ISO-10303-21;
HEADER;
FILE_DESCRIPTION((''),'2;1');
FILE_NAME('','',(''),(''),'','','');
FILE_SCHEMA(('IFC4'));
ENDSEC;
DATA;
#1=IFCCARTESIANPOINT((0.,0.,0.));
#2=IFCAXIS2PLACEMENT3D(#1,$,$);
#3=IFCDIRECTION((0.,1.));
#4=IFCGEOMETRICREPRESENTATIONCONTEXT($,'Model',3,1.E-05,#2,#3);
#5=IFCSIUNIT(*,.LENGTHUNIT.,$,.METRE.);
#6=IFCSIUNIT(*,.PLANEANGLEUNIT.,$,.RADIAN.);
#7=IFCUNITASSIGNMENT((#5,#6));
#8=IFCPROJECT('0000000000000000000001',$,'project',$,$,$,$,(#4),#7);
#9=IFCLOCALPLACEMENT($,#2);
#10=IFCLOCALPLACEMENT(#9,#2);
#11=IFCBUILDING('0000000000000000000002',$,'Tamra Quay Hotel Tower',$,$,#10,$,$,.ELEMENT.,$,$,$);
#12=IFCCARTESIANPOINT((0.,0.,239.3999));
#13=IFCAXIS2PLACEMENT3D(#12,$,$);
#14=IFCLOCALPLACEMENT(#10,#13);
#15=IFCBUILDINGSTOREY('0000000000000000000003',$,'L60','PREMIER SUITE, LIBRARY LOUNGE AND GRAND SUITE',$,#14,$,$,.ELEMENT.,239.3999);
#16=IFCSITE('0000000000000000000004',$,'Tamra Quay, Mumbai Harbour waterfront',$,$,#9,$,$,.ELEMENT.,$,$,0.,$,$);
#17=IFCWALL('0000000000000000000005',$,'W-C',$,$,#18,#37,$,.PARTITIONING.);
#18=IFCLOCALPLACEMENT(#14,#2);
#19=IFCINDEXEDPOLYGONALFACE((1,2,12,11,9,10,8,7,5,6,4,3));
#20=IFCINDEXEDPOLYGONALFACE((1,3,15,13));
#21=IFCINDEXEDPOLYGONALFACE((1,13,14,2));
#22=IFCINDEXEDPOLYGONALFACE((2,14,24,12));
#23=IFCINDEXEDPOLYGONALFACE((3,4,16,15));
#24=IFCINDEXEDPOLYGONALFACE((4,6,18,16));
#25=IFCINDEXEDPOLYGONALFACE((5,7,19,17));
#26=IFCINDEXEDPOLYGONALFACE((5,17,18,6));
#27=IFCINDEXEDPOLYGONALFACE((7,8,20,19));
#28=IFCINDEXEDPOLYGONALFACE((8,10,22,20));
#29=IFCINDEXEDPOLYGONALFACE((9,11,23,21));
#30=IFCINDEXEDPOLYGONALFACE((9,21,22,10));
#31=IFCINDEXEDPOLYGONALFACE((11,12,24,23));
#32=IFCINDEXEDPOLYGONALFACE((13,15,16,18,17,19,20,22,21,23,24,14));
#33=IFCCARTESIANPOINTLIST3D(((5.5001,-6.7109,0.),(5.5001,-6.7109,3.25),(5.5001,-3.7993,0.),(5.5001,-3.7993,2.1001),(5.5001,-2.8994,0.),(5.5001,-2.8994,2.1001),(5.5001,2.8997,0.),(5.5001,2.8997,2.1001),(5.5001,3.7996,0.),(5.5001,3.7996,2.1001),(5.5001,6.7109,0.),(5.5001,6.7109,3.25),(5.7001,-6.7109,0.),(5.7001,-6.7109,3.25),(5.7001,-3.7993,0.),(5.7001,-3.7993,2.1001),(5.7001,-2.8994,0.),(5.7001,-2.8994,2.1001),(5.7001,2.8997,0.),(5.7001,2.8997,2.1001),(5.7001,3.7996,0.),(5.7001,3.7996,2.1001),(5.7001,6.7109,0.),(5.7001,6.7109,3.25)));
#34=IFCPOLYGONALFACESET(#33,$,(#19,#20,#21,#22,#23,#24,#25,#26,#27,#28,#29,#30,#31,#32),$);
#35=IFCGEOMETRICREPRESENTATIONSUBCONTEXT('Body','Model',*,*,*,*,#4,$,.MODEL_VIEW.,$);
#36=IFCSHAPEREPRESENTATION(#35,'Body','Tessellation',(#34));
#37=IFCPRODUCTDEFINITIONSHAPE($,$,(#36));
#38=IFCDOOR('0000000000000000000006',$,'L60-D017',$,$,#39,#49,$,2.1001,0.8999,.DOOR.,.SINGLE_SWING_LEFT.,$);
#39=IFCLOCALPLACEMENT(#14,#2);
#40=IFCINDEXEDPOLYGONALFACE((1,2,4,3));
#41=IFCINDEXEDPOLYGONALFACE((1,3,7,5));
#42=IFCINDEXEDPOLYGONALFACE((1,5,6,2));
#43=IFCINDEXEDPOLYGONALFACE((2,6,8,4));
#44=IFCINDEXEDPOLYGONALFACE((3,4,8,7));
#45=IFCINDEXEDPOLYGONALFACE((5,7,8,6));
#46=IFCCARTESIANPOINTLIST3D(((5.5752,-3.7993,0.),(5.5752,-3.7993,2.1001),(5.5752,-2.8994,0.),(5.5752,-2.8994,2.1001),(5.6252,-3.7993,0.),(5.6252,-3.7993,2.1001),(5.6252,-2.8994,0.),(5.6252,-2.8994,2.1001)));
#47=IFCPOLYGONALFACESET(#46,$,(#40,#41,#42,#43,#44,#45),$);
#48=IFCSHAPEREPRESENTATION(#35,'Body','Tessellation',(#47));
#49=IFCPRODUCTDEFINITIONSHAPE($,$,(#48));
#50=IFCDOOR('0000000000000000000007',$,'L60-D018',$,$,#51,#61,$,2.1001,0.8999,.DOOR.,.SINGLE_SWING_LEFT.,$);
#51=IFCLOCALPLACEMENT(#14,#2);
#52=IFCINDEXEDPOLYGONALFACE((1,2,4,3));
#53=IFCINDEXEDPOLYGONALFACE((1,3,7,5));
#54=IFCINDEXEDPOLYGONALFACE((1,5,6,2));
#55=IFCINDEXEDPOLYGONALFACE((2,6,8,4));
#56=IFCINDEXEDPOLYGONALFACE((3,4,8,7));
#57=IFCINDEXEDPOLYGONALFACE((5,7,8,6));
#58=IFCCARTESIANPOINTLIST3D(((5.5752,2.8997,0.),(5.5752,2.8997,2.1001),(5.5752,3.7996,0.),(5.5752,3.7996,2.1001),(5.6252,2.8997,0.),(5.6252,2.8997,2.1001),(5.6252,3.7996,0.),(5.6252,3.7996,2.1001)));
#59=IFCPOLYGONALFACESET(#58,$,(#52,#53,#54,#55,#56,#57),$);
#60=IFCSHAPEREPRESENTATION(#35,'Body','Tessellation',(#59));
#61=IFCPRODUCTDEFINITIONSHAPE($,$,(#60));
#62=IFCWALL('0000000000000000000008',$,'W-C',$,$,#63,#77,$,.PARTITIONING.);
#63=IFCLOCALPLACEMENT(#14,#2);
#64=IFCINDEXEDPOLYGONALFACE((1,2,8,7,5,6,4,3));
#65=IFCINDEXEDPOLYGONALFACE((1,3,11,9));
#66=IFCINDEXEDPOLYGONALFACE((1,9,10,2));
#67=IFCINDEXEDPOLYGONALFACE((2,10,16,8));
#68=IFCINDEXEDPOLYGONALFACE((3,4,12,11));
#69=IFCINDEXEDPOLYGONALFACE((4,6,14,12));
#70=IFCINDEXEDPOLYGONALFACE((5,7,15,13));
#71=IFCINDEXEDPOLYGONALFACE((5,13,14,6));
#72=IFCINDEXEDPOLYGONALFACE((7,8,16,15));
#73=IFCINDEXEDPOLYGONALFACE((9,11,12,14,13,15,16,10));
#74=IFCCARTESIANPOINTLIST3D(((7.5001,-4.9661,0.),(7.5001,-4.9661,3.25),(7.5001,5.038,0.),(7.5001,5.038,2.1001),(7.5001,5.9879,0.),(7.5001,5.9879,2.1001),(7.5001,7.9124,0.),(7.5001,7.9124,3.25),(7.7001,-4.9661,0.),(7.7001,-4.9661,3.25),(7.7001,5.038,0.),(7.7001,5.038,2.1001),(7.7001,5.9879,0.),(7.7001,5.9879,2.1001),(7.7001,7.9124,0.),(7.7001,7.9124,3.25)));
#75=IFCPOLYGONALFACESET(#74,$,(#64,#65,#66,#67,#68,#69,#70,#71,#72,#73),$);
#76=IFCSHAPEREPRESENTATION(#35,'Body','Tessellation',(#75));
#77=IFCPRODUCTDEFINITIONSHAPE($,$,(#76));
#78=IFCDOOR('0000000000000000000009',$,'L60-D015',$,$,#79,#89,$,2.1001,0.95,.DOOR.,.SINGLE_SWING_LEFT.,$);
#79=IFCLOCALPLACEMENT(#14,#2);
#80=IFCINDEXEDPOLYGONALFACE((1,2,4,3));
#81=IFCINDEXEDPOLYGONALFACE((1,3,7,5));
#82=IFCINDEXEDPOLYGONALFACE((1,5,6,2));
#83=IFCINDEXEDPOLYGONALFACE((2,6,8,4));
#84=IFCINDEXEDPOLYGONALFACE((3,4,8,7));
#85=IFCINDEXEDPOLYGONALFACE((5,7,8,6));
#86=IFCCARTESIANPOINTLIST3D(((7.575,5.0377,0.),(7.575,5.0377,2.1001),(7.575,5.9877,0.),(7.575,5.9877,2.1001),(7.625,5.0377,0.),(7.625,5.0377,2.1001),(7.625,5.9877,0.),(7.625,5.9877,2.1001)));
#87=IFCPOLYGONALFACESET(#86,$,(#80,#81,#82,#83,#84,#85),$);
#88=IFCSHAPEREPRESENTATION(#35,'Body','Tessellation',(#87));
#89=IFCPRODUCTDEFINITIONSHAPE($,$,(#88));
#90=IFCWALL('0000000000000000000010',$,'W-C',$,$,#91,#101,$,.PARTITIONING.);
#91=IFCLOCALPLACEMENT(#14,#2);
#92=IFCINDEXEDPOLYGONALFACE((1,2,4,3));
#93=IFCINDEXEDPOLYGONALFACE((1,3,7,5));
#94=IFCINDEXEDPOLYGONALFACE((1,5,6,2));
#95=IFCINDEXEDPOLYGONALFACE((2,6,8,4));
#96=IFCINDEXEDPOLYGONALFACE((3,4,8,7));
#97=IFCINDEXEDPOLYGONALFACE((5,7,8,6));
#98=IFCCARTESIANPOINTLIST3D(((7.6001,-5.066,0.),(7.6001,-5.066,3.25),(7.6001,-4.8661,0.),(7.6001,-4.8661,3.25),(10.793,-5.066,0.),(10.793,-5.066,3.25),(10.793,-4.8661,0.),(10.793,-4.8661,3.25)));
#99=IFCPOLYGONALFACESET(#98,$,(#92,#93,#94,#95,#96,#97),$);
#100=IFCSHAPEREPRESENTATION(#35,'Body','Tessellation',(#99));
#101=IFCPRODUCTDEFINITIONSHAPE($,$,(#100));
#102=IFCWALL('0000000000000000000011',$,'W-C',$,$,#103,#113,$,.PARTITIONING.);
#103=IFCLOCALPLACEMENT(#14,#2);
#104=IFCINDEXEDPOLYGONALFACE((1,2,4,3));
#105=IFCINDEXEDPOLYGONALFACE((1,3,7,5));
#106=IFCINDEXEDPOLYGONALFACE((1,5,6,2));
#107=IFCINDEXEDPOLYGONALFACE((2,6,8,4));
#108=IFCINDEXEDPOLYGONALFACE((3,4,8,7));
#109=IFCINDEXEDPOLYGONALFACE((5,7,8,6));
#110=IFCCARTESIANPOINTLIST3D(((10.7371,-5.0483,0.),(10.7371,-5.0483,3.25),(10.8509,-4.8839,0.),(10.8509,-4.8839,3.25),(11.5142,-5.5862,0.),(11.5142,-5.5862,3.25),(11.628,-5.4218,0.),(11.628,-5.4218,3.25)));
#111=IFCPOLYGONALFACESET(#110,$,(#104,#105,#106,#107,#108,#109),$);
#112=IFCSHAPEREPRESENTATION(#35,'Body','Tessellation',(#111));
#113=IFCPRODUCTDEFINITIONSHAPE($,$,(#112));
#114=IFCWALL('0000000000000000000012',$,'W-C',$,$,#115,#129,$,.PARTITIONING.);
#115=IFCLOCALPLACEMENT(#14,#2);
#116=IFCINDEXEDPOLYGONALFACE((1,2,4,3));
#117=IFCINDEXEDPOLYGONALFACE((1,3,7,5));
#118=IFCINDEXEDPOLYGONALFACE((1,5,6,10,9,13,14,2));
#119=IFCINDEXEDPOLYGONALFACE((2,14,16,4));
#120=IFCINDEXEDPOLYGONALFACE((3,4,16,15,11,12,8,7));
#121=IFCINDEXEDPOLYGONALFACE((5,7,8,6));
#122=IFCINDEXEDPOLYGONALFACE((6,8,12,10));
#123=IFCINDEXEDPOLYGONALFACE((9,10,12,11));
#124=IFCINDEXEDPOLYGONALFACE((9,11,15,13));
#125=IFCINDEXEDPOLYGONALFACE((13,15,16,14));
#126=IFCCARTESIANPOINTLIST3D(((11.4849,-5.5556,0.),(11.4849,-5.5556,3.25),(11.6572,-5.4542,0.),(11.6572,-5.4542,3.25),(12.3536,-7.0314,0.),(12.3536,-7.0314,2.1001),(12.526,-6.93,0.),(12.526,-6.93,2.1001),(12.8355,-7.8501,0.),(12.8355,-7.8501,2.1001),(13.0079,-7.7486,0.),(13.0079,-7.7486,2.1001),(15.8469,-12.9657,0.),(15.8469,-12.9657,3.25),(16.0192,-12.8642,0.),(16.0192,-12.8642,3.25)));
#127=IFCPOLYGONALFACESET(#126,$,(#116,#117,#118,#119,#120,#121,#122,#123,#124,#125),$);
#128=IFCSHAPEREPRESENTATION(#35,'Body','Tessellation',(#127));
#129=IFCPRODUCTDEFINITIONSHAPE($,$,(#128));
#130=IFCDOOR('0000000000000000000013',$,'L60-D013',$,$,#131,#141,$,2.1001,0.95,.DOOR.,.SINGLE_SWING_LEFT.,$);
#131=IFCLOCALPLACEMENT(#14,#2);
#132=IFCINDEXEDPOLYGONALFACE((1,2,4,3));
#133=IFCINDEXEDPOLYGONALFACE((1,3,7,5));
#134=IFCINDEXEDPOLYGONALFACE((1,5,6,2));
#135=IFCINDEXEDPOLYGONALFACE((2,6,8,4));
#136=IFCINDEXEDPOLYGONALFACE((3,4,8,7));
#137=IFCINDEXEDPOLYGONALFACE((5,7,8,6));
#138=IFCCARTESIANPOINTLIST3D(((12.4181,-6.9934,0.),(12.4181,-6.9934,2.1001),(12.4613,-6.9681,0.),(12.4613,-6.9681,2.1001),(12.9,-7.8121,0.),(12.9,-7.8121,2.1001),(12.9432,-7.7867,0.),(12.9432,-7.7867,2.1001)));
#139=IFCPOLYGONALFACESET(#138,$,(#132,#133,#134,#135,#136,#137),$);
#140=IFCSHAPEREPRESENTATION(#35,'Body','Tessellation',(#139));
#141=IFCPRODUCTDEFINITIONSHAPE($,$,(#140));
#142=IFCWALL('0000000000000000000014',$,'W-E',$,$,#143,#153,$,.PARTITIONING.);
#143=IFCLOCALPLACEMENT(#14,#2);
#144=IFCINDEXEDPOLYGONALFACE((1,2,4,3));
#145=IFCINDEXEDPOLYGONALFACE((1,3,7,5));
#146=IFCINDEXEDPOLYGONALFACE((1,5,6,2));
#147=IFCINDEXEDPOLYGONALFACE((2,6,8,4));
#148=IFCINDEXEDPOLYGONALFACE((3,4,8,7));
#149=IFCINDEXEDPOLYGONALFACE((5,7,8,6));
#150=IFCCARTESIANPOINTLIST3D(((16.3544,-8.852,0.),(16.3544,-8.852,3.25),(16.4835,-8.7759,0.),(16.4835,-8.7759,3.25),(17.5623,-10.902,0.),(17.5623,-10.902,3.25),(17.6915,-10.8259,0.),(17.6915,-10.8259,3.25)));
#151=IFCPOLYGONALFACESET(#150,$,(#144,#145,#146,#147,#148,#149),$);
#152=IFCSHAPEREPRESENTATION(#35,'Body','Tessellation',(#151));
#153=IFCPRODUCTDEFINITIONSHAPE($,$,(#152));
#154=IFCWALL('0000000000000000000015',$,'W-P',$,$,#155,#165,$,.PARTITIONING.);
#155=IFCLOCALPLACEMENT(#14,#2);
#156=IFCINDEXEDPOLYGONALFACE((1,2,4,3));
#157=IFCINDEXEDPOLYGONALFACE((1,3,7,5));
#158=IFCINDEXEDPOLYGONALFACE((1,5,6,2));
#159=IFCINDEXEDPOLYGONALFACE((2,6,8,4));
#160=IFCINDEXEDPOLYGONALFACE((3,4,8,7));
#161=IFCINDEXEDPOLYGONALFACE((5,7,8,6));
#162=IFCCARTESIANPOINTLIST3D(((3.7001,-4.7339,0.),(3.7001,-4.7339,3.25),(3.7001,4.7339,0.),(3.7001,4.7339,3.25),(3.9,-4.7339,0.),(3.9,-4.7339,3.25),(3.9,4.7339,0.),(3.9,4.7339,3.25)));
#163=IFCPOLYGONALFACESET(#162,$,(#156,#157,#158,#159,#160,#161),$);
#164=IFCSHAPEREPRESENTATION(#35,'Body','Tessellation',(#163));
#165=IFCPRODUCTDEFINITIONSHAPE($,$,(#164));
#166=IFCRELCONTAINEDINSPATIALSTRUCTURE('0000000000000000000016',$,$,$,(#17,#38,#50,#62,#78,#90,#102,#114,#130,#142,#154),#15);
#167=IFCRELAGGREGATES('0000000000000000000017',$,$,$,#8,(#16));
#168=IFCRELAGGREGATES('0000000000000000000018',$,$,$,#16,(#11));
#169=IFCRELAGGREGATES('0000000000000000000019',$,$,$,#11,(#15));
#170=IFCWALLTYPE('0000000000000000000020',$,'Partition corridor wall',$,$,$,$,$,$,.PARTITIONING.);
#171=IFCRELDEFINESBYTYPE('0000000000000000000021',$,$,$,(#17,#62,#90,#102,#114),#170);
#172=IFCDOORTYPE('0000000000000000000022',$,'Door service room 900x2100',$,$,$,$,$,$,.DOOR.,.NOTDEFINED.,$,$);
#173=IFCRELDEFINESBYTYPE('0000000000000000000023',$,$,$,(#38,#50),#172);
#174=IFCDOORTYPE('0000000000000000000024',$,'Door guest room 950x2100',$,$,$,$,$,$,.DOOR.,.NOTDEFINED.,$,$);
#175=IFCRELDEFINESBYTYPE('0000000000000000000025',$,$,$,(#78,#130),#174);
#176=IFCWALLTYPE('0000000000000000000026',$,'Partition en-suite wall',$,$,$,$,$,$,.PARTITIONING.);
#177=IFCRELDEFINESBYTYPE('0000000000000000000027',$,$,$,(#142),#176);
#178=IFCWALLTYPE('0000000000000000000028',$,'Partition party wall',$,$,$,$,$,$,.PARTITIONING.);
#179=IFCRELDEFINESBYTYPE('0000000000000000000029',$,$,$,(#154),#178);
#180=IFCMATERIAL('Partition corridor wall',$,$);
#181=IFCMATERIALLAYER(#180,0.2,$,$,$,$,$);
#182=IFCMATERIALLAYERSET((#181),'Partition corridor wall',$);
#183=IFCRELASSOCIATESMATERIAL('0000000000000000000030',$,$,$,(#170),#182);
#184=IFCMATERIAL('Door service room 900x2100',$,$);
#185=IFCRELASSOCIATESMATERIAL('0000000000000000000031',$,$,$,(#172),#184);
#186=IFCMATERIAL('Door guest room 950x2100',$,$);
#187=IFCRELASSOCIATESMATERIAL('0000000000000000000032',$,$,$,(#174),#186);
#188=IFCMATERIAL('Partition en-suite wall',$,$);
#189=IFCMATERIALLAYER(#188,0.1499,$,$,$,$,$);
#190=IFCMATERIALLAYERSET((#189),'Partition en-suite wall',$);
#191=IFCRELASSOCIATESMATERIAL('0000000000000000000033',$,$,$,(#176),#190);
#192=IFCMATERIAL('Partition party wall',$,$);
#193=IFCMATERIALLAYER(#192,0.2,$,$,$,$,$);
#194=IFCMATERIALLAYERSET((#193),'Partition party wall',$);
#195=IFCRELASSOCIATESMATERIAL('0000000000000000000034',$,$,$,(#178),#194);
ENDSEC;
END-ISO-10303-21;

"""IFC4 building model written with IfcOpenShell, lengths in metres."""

from ifc_helpers import new_model, si_unit, direction, frame, frame_2d, origin, place, context, subcontext, project, spatial, rectangle, extrude, material, layer, layer_set, type_object, element, fill, save


model = new_model("IFC4")

# Units and contexts
model_context = context("Model", 3, precision=1e-05, world=origin(), true_north=direction((0.0, 1.0)))
body_context = subcontext(model_context, "Body", "Model", "MODEL_VIEW")
ifc_project = project(units=[si_unit("LENGTHUNIT", "METRE"), si_unit("PLANEANGLEUNIT", "RADIAN")], contexts=[model_context])

# Site, building, storey
site_placement = place(None, origin())
site = spatial("IfcSite", under=ifc_project, at=site_placement, Name="Tamra Quay, Mumbai Harbour waterfront", CompositionType="ELEMENT", RefElevation=0.0)
building_placement = place(site_placement, origin())
building = spatial("IfcBuilding", under=site, at=building_placement, Name="Tamra Quay Hotel Tower", CompositionType="ELEMENT")
storey_placement = place(building_placement, frame((0.0, 0.0, 239.3999)))
storey = spatial("IfcBuildingStorey", under=building, at=storey_placement, Name="L60", Description="PREMIER SUITE, LIBRARY LOUNGE AND GRAND SUITE", CompositionType="ELEMENT", Elevation=239.3999)

# Shared definitions
ifc_material_1 = material(Name="Partition corridor wall")
ifc_layer_1 = layer(ifc_material_1, 0.2)
ifc_layer_set_1 = layer_set([ifc_layer_1], Name="Partition corridor wall")
wall_type_1 = type_object("IfcWallType", Name="Partition corridor wall", PredefinedType="PARTITIONING", material=ifc_layer_set_1)

# Wall, openings, doors
wall_1_placement = place(storey_placement, frame((5.6001, -6.7109, 0.0), z_axis=(0.0, 0.0, 1.0), x_axis=(0.0, 1.0, 0.0)))
wall_1 = element("IfcWall", 1, at=wall_1_placement, inside=storey, type_object=wall_type_1, Name="W-C", PredefinedType="PARTITIONING", context=body_context, shape_type="SweptSolid", body=[
    extrude(rectangle(XDim=13.4219, YDim=0.2, at=frame_2d((6.7109, 0.0))), origin(), (0.0, 0.0, 1.0), 3.25),
])
opening_1_placement = place(wall_1_placement, frame((2.9116, 0.0, 0.0)))
opening_1 = element("IfcOpeningElement", 2, at=opening_1_placement, cuts=wall_1, PredefinedType="OPENING", context=body_context, shape_type="SweptSolid", body=[
    extrude(rectangle(XDim=0.8999, YDim=2.1001, at=frame_2d((0.45, 1.05))), frame((0.0, 0.1099, 0.0), z_axis=(0.0, -1.0, 0.0), x_axis=(1.0, 0.0, 0.0)), (0.0, 0.0, 1.0), 0.22),
])
opening_2_placement = place(wall_1_placement, frame((9.6106, 0.0, 0.0)))
opening_2 = element("IfcOpeningElement", 3, at=opening_2_placement, cuts=wall_1, PredefinedType="OPENING", context=body_context, shape_type="SweptSolid", body=[
    extrude(rectangle(XDim=0.8999, YDim=2.1001, at=frame_2d((0.45, 1.05))), frame((0.0, 0.1099, 0.0), z_axis=(0.0, -1.0, 0.0), x_axis=(1.0, 0.0, 0.0)), (0.0, 0.0, 1.0), 0.22),
])
ifc_material_2 = material(Name="Door service room 900x2100")
door_type_1 = type_object("IfcDoorType", Name="Door service room 900x2100", OperationType="NOTDEFINED", PredefinedType="DOOR", material=ifc_material_2)
door_1_placement = place(opening_1_placement, origin())
door_1 = element("IfcDoor", 4, at=door_1_placement, inside=storey, type_object=door_type_1, Name="L60-D017", OperationType="SINGLE_SWING_LEFT", OverallHeight=2.1001, OverallWidth=0.8999, PredefinedType="DOOR", context=body_context, shape_type="SweptSolid", body=[
    extrude(rectangle(XDim=0.8999, YDim=2.1001, at=frame_2d((0.45, 1.05))), frame((0.0, 0.0249, 0.0), z_axis=(0.0, -1.0, 0.0), x_axis=(1.0, 0.0, 0.0)), (0.0, 0.0, 1.0), 0.05),
])
fill(opening_1, door_1)
door_2_placement = place(opening_2_placement, origin())
door_2 = element("IfcDoor", 5, at=door_2_placement, inside=storey, type_object=door_type_1, Name="L60-D018", OperationType="SINGLE_SWING_LEFT", OverallHeight=2.1001, OverallWidth=0.8999, PredefinedType="DOOR", context=body_context, shape_type="SweptSolid", body=[
    extrude(rectangle(XDim=0.8999, YDim=2.1001, at=frame_2d((0.45, 1.05))), frame((0.0, 0.0249, 0.0), z_axis=(0.0, -1.0, 0.0), x_axis=(1.0, 0.0, 0.0)), (0.0, 0.0, 1.0), 0.05),
])
fill(opening_2, door_2)

# Wall, opening, door
wall_2_placement = place(storey_placement, frame((7.6001, -4.9661, 0.0), z_axis=(0.0, 0.0, 1.0), x_axis=(0.0, 1.0, 0.0)))
wall_2 = element("IfcWall", 6, at=wall_2_placement, inside=storey, type_object=wall_type_1, Name="W-C", PredefinedType="PARTITIONING", context=body_context, shape_type="SweptSolid", body=[
    extrude(rectangle(XDim=12.8784, YDim=0.2, at=frame_2d((6.4392, 0.0))), origin(), (0.0, 0.0, 1.0), 3.25),
])
opening_3_placement = place(wall_2_placement, frame((10.0039, 0.0, 0.0)))
opening_3 = element("IfcOpeningElement", 7, at=opening_3_placement, cuts=wall_2, PredefinedType="OPENING", context=body_context, shape_type="SweptSolid", body=[
    extrude(rectangle(XDim=0.95, YDim=2.1001, at=frame_2d((0.4751, 1.05))), frame((0.0, 0.1099, 0.0), z_axis=(0.0, -1.0, 0.0), x_axis=(1.0, 0.0, 0.0)), (0.0, 0.0, 1.0), 0.22),
])
ifc_material_3 = material(Name="Door guest room 950x2100")
door_type_2 = type_object("IfcDoorType", Name="Door guest room 950x2100", OperationType="NOTDEFINED", PredefinedType="DOOR", material=ifc_material_3)
door_3_placement = place(opening_3_placement, frame((0.95, 0.0, 0.0), z_axis=(0.0, 0.0, 1.0), x_axis=(-1.0, 0.0, 0.0)))
door_3 = element("IfcDoor", 8, at=door_3_placement, inside=storey, type_object=door_type_2, Name="L60-D015", OperationType="SINGLE_SWING_LEFT", OverallHeight=2.1001, OverallWidth=0.95, PredefinedType="DOOR", context=body_context, shape_type="SweptSolid", body=[
    extrude(rectangle(XDim=0.95, YDim=2.1001, at=frame_2d((0.4751, 1.05))), frame((0.0, 0.0249, 0.0), z_axis=(0.0, -1.0, 0.0), x_axis=(1.0, 0.0, 0.0)), (0.0, 0.0, 1.0), 0.05),
])
fill(opening_3, door_3)

# Walls
wall_3_placement = place(storey_placement, frame((7.6001, -4.9661, 0.0), z_axis=(0.0, 0.0, 1.0), x_axis=(1.0, 0.0, 0.0)))
element("IfcWall", 9, at=wall_3_placement, inside=storey, type_object=wall_type_1, Name="W-C", PredefinedType="PARTITIONING", context=body_context, shape_type="SweptSolid", body=[
    extrude(rectangle(XDim=3.1929, YDim=0.2, at=frame_2d((1.5964, 0.0))), origin(), (0.0, 0.0, 1.0), 3.25),
])
wall_4_placement = place(storey_placement, frame((10.7939, -4.9661, 0.0), z_axis=(0.0, 0.0, 1.0), x_axis=(0.822267, -0.569103, 0.0)))
element("IfcWall", 10, at=wall_4_placement, inside=storey, type_object=wall_type_1, Name="W-C", PredefinedType="PARTITIONING", context=body_context, shape_type="SweptSolid", body=[
    extrude(rectangle(XDim=0.9451, YDim=0.2, at=frame_2d((0.4727, 0.0))), origin(), (0.0, 0.0, 1.0), 3.25),
])

# Wall, opening, door
wall_5_placement = place(storey_placement, frame((11.571, -5.5049, 0.0), z_axis=(0.0, 0.0, 1.0), x_axis=(0.507292, -0.861774, 0.0)))
wall_5 = element("IfcWall", 11, at=wall_5_placement, inside=storey, type_object=wall_type_1, Name="W-C", PredefinedType="PARTITIONING", context=body_context, shape_type="SweptSolid", body=[
    extrude(rectangle(XDim=8.5986, YDim=0.2, at=frame_2d((4.2993, 0.0))), origin(), (0.0, 0.0, 1.0), 3.25),
])
opening_4_placement = place(wall_5_placement, frame((1.7124, 0.0, 0.0)))
opening_4 = element("IfcOpeningElement", 12, at=opening_4_placement, cuts=wall_5, PredefinedType="OPENING", context=body_context, shape_type="SweptSolid", body=[
    extrude(rectangle(XDim=0.95, YDim=2.1001, at=frame_2d((0.4751, 1.05))), frame((0.0, 0.1099, 0.0), z_axis=(0.0, -1.0, 0.0), x_axis=(1.0, 0.0, 0.0)), (0.0, 0.0, 1.0), 0.22),
])
door_4_placement = place(opening_4_placement, origin())
door_4 = element("IfcDoor", 13, at=door_4_placement, inside=storey, type_object=door_type_2, Name="L60-D013", OperationType="SINGLE_SWING_LEFT", OverallHeight=2.1001, OverallWidth=0.95, PredefinedType="DOOR", context=body_context, shape_type="SweptSolid", body=[
    extrude(rectangle(XDim=0.95, YDim=2.1001, at=frame_2d((0.4751, 1.05))), frame((0.0, 0.0249, 0.0), z_axis=(0.0, -1.0, 0.0), x_axis=(1.0, 0.0, 0.0)), (0.0, 0.0, 1.0), 0.05),
])
fill(opening_4, door_4)

# Walls
ifc_material_4 = material(Name="Partition en-suite wall")
ifc_layer_2 = layer(ifc_material_4, 0.1499)
ifc_layer_set_2 = layer_set([ifc_layer_2], Name="Partition en-suite wall")
wall_type_2 = type_object("IfcWallType", Name="Partition en-suite wall", PredefinedType="PARTITIONING", material=ifc_layer_set_2)
wall_6_placement = place(storey_placement, frame((16.4189, -8.814, 0.0), z_axis=(0.0, 0.0, 1.0), x_axis=(0.507675, -0.861549, 0.0)))
element("IfcWall", 14, at=wall_6_placement, inside=storey, type_object=wall_type_2, Name="W-E", PredefinedType="PARTITIONING", context=body_context, shape_type="SweptSolid", body=[
    extrude(rectangle(XDim=2.3794, YDim=0.1499, at=frame_2d((1.1897, 0.0))), origin(), (0.0, 0.0, 1.0), 3.25),
])
ifc_material_5 = material(Name="Partition party wall")
ifc_layer_3 = layer(ifc_material_5, 0.2)
ifc_layer_set_3 = layer_set([ifc_layer_3], Name="Partition party wall")
wall_type_3 = type_object("IfcWallType", Name="Partition party wall", PredefinedType="PARTITIONING", material=ifc_layer_set_3)
wall_7_placement = place(storey_placement, frame((3.8, -4.7339, 0.0), z_axis=(0.0, 0.0, 1.0), x_axis=(0.0, 1.0, 0.0)))
element("IfcWall", 15, at=wall_7_placement, inside=storey, type_object=wall_type_3, Name="W-P", PredefinedType="PARTITIONING", context=body_context, shape_type="SweptSolid", body=[
    extrude(rectangle(XDim=9.4678, YDim=0.2, at=frame_2d((4.7339, 0.0))), origin(), (0.0, 0.0, 1.0), 3.25),
])

save(model, "model.ifc")
